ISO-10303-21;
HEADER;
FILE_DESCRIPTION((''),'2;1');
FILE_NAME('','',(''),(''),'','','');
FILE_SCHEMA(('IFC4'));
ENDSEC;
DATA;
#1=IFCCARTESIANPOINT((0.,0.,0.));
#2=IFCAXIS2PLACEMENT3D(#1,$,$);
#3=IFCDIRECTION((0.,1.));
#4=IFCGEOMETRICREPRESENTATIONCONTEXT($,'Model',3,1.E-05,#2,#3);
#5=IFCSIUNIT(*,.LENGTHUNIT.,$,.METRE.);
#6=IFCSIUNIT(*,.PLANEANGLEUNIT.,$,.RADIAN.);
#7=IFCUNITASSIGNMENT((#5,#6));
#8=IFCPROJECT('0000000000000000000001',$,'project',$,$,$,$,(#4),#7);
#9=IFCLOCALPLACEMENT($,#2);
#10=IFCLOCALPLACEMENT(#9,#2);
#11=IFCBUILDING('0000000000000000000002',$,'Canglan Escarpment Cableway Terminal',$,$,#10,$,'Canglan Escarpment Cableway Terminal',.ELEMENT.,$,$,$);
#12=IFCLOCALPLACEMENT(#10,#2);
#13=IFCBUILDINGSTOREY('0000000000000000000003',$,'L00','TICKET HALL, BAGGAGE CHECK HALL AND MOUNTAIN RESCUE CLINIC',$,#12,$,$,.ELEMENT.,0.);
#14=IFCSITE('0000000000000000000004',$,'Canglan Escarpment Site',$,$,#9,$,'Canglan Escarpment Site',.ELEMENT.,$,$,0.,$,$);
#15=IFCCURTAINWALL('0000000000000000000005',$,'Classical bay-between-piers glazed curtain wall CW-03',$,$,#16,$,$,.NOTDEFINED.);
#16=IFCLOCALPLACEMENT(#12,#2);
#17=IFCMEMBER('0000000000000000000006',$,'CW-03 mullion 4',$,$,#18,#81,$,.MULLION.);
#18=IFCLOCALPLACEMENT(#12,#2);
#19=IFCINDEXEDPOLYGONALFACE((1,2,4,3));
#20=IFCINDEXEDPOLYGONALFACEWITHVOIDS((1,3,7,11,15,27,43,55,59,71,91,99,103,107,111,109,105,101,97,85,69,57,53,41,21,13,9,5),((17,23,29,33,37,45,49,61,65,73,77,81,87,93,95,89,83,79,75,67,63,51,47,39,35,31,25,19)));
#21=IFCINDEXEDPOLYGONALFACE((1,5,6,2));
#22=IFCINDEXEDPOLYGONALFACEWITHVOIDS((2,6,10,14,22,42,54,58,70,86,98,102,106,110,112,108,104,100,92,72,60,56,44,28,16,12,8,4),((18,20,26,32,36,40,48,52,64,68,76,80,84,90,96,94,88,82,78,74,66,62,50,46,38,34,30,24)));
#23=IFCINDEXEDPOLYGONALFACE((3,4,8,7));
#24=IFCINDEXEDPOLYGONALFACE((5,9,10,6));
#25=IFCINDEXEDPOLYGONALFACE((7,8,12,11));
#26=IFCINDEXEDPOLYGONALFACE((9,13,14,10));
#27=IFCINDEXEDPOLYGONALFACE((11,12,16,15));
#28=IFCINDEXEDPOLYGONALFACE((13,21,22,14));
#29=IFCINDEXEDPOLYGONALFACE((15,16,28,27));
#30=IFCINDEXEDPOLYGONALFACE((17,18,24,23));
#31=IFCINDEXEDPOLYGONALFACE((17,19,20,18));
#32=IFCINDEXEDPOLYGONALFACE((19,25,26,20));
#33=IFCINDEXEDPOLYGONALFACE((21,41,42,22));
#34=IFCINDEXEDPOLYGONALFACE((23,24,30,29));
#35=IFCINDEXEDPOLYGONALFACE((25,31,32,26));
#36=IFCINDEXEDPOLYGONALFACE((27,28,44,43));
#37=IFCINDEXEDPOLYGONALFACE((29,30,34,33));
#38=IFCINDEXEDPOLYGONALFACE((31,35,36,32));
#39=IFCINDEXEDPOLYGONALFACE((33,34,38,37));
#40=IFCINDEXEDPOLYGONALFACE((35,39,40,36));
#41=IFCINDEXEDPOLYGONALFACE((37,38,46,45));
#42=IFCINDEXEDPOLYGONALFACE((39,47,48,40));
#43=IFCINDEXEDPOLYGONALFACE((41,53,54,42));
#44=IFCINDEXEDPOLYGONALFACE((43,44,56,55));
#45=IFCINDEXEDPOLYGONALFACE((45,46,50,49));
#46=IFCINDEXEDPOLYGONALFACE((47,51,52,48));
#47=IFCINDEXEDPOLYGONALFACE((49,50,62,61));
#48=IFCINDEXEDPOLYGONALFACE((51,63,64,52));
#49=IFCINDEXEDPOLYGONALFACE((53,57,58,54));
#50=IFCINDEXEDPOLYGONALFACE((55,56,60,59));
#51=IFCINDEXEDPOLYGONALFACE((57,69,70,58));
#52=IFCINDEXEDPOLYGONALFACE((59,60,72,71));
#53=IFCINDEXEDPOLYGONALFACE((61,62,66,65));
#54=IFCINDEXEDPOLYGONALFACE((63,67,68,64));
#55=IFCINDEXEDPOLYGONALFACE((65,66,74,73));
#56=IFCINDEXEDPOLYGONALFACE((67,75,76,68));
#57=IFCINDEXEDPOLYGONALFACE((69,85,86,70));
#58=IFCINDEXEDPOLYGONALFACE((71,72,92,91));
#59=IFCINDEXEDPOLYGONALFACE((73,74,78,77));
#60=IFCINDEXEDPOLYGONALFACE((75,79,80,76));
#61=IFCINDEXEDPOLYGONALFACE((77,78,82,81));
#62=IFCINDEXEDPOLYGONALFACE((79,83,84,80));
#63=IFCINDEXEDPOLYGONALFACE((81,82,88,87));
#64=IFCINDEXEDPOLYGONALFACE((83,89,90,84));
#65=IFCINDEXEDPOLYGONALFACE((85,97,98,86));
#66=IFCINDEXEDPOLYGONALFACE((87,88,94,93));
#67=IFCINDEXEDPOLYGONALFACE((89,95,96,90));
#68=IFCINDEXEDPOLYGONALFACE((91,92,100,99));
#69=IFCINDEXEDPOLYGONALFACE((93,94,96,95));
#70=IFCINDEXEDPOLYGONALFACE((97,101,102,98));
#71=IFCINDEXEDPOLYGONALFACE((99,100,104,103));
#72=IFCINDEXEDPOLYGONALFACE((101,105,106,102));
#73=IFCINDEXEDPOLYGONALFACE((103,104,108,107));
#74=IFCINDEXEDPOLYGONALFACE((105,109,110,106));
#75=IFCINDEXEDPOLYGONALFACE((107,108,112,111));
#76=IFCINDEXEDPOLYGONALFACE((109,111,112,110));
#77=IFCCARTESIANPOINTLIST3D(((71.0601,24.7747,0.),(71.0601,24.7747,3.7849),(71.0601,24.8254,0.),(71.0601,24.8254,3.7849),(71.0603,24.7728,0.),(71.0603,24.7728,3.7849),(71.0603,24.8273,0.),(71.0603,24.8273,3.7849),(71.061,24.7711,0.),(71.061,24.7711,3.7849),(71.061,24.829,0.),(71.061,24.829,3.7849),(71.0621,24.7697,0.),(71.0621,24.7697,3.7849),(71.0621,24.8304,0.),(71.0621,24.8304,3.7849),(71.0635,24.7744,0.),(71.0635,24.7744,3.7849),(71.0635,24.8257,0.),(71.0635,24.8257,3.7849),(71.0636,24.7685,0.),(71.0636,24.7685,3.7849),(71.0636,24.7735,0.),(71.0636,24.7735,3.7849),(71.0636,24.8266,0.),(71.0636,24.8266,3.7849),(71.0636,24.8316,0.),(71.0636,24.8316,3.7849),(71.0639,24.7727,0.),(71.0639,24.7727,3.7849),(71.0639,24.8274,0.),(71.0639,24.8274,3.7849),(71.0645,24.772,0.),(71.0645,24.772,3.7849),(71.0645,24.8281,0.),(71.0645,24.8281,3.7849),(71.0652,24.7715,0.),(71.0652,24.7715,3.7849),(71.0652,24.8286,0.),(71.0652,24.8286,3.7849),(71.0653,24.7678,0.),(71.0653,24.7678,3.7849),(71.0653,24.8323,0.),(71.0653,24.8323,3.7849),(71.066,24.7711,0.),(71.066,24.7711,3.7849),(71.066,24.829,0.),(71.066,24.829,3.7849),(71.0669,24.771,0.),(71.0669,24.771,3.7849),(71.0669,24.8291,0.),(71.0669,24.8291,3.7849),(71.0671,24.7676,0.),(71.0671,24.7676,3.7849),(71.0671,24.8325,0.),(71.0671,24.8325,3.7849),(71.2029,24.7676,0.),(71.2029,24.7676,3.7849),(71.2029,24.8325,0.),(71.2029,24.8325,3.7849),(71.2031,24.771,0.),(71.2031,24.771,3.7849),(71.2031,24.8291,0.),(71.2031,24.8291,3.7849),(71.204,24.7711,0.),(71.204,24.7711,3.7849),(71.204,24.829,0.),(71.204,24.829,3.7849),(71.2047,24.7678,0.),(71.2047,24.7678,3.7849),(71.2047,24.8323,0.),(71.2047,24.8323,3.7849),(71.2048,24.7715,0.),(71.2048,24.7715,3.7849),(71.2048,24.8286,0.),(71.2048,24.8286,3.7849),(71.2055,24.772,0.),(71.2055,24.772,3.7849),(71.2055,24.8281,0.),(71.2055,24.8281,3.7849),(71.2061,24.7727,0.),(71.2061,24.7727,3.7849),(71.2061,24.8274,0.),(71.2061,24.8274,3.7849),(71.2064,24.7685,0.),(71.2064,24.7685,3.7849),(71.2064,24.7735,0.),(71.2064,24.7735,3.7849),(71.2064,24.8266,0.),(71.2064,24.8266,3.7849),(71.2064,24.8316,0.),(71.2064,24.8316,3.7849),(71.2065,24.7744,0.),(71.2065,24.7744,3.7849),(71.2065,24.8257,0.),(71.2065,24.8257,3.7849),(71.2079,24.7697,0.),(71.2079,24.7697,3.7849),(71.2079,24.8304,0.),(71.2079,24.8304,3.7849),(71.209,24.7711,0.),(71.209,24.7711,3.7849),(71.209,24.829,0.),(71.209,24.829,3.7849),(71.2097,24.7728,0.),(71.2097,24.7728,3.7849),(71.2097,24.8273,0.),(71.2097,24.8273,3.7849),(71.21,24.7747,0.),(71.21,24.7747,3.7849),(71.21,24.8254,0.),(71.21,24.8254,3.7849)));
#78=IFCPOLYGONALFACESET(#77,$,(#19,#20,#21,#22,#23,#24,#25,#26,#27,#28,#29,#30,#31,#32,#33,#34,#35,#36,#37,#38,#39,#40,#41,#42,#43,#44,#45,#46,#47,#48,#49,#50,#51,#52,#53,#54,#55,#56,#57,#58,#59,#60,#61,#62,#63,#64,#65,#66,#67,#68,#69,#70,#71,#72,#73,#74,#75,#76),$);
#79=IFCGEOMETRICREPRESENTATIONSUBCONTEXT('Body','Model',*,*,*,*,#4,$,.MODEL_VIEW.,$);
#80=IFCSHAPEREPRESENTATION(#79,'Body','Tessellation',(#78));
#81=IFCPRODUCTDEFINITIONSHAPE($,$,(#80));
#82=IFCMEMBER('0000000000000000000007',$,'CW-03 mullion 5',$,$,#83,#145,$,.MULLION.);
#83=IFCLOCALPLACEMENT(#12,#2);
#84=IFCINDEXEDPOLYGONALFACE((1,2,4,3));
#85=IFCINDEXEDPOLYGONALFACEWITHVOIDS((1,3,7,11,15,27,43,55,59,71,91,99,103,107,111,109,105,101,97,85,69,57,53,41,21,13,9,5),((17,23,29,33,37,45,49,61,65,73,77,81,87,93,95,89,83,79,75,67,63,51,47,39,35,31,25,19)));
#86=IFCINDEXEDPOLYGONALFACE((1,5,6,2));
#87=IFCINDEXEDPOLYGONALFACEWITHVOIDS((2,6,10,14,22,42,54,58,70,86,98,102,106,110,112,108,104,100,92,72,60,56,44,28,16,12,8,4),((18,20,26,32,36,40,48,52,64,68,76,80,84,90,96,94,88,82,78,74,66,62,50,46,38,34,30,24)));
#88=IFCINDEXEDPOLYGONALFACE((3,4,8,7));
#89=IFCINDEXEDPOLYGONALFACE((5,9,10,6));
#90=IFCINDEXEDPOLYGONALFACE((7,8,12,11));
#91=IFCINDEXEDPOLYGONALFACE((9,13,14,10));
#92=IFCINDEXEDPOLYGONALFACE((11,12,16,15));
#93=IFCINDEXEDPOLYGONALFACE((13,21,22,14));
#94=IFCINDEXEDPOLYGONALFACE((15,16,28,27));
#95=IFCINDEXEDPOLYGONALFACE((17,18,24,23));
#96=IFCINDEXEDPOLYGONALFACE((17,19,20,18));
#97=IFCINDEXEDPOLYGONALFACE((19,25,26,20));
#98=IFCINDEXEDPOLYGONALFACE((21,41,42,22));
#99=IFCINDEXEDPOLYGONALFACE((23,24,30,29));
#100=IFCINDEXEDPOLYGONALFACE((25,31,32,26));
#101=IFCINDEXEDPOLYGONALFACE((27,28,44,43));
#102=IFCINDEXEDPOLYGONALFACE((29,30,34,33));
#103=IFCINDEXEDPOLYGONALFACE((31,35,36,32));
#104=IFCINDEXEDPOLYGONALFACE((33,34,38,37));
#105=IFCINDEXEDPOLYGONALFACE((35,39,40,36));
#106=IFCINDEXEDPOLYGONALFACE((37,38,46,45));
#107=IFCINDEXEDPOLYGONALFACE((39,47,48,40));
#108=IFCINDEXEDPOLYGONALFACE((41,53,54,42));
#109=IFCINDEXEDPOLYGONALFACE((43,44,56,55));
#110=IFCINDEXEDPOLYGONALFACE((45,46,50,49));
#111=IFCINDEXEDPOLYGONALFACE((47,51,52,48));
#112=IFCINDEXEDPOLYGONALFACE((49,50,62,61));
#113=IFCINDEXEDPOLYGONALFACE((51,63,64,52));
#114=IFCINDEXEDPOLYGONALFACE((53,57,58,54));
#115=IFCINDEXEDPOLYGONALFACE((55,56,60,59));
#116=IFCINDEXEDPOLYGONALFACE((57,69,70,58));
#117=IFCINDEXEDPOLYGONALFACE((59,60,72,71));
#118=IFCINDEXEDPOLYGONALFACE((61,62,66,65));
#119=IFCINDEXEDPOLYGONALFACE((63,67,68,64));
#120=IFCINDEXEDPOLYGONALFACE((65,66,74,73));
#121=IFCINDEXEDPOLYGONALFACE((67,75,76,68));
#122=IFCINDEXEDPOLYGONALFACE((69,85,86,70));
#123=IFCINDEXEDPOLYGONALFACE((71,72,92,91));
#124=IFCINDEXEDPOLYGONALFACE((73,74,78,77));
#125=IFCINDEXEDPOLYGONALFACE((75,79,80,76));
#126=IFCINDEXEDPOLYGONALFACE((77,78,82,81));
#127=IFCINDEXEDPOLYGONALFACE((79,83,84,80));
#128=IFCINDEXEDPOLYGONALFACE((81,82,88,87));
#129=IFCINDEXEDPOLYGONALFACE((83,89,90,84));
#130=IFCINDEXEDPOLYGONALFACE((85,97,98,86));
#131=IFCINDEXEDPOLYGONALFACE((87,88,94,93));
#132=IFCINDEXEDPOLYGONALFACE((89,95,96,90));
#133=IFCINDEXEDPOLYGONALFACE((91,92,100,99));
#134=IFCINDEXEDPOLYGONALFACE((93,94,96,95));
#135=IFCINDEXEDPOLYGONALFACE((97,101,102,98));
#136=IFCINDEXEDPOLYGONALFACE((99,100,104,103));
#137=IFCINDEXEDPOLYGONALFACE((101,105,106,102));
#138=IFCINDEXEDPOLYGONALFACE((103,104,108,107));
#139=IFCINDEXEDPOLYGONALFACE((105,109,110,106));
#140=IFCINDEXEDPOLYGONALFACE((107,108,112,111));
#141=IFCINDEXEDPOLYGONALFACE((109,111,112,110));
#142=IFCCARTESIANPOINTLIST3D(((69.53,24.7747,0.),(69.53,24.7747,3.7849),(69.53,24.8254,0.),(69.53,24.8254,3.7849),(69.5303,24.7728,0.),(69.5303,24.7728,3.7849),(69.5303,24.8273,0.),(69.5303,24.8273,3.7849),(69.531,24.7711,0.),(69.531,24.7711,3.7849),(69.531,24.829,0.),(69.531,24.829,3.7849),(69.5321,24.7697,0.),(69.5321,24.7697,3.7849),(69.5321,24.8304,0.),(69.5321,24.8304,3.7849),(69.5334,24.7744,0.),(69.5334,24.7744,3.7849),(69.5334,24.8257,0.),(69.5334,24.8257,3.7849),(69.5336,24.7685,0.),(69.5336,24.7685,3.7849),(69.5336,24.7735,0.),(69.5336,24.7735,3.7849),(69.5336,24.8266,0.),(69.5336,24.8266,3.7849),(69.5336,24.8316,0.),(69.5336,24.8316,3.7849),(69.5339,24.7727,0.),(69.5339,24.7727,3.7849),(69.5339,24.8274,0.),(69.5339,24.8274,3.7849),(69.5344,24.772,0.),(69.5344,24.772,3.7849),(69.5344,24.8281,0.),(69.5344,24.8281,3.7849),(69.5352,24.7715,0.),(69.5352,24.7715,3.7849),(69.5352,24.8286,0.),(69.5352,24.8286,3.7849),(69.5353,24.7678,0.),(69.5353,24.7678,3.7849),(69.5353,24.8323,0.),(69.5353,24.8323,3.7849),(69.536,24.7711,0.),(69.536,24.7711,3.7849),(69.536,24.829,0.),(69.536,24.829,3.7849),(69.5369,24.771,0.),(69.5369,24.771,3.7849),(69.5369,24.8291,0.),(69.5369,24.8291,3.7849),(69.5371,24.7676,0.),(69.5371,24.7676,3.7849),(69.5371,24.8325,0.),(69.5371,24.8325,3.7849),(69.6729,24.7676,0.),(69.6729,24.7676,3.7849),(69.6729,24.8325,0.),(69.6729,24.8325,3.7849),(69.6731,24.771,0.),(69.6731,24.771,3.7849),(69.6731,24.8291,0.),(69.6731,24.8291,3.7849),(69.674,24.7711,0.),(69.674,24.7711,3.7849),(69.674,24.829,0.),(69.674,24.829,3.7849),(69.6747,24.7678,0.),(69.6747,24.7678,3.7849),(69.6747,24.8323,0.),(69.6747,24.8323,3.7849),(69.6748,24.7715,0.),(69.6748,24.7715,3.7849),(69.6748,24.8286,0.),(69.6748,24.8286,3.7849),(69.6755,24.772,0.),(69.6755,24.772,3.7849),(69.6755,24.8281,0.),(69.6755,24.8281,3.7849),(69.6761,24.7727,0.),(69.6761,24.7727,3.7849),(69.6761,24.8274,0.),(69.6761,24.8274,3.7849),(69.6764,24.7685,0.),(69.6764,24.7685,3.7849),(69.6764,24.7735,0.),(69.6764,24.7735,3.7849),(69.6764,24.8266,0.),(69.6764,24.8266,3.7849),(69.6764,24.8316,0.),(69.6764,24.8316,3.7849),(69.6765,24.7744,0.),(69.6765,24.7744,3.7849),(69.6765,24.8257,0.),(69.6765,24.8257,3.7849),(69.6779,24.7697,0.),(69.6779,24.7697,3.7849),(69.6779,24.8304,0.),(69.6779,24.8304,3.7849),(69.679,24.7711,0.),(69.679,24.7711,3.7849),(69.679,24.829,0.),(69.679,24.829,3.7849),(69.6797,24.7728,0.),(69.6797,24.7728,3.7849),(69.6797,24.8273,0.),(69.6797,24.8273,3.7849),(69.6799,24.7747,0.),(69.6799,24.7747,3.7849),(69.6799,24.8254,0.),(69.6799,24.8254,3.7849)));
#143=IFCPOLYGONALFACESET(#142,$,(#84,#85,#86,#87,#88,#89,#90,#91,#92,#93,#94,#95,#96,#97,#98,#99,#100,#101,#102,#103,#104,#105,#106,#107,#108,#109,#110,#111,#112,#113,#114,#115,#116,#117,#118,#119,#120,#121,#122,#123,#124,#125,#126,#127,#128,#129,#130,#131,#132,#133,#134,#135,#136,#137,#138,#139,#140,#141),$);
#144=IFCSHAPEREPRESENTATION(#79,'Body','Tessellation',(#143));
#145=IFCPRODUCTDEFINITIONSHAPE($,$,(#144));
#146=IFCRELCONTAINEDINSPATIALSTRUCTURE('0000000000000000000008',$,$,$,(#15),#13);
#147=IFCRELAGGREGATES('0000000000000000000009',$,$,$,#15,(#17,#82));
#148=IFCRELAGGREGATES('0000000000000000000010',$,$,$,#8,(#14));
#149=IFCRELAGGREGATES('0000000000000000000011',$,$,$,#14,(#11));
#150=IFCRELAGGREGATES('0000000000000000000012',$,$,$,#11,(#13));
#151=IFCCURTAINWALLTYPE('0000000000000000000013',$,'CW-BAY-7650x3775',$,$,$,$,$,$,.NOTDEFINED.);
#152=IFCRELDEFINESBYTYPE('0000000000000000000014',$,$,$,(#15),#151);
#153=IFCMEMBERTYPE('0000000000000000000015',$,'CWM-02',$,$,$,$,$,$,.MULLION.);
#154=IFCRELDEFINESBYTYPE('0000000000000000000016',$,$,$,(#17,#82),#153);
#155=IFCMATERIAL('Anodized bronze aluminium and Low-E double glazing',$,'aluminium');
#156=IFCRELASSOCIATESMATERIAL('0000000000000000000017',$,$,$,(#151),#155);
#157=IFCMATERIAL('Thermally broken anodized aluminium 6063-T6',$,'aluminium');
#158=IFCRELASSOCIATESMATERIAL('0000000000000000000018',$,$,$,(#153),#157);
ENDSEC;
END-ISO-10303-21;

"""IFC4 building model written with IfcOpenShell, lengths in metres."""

from ifc_helpers import new_model, si_unit, direction, frame, origin, origin_2d, place, context, subcontext, project, spatial, hollow_rectangle, extrude, material, material_profile, profile_set, type_object, element, aggregate, save


model = new_model("IFC4")

# Units and contexts
model_context = context("Model", 3, precision=1e-05, world=origin(), true_north=direction((0.0, 1.0)))
body_context = subcontext(model_context, "Body", "Model", "MODEL_VIEW")
ifc_project = project(units=[si_unit("LENGTHUNIT", "METRE"), si_unit("PLANEANGLEUNIT", "RADIAN")], contexts=[model_context])

# Site, building, storey
site_placement = place(None, origin())
site = spatial("IfcSite", under=ifc_project, at=site_placement, Name="Canglan Escarpment Site", LongName="Canglan Escarpment Site", CompositionType="ELEMENT", RefElevation=0.0)
building_placement = place(site_placement, origin())
building = spatial("IfcBuilding", under=site, at=building_placement, Name="Canglan Escarpment Cableway Terminal", LongName="Canglan Escarpment Cableway Terminal", CompositionType="ELEMENT")
storey_placement = place(building_placement, origin())
storey = spatial("IfcBuildingStorey", under=building, at=storey_placement, Name="L00", Description="TICKET HALL, BAGGAGE CHECK HALL AND MOUNTAIN RESCUE CLINIC", CompositionType="ELEMENT", Elevation=0.0)

# Curtain wall, members
ifc_material_1 = material(Name="Anodized bronze aluminium and Low-E double glazing", Category="aluminium")
curtain_wall_type = type_object("IfcCurtainWallType", Name="CW-BAY-7650x3775", PredefinedType="NOTDEFINED", material=ifc_material_1)
curtain_wall_placement = place(storey_placement, origin())
curtain_wall = element("IfcCurtainWall", 1, at=curtain_wall_placement, inside=storey, type_object=curtain_wall_type, Name="Classical bay-between-piers glazed curtain wall CW-03", PredefinedType="NOTDEFINED")
ifc_material_2 = material(Name="Thermally broken anodized aluminium 6063-T6", Category="aluminium")
ifc_material_profile_1 = material_profile(ifc_material_2, hollow_rectangle(XDim=0.0649, YDim=0.1499, WallThickness=0.0034, InnerFilletRadius=0.0034, OuterFilletRadius=0.0071, at=origin_2d()), Name="ALU-MULL 65x150x3.5")
ifc_profile_set_1 = profile_set([ifc_material_profile_1], Name="Thermally broken anodized aluminium 6063-T6")
member_type_1 = type_object("IfcMemberType", Name="CWM-02", PredefinedType="MULLION", material=ifc_profile_set_1)
member_1_placement = place(storey_placement, frame((71.135, 24.8, 0.0), z_axis=(0.0, 0.0, 1.0), x_axis=(0.0, -1.0, 0.0)))
member_1 = element("IfcMember", 2, at=member_1_placement, type_object=member_type_1, Name="CW-03 mullion 4", PredefinedType="MULLION", context=body_context, shape_type="SweptSolid", body=[
    extrude(hollow_rectangle(XDim=0.0649, YDim=0.1499, WallThickness=0.0034, InnerFilletRadius=0.0034, OuterFilletRadius=0.0071, at=origin_2d()), origin(), (0.0, 0.0, 1.0), 3.7849),
])
member_2_placement = place(storey_placement, frame((69.605, 24.8, 0.0), z_axis=(0.0, 0.0, 1.0), x_axis=(0.0, -1.0, 0.0)))
member_2 = element("IfcMember", 3, at=member_2_placement, type_object=member_type_1, Name="CW-03 mullion 5", PredefinedType="MULLION", context=body_context, shape_type="SweptSolid", body=[
    extrude(hollow_rectangle(XDim=0.0649, YDim=0.1499, WallThickness=0.0034, InnerFilletRadius=0.0034, OuterFilletRadius=0.0071, at=origin_2d()), origin(), (0.0, 0.0, 1.0), 3.7849),
])
aggregate(curtain_wall, [member_1, member_2])

save(model, "model.ifc")
